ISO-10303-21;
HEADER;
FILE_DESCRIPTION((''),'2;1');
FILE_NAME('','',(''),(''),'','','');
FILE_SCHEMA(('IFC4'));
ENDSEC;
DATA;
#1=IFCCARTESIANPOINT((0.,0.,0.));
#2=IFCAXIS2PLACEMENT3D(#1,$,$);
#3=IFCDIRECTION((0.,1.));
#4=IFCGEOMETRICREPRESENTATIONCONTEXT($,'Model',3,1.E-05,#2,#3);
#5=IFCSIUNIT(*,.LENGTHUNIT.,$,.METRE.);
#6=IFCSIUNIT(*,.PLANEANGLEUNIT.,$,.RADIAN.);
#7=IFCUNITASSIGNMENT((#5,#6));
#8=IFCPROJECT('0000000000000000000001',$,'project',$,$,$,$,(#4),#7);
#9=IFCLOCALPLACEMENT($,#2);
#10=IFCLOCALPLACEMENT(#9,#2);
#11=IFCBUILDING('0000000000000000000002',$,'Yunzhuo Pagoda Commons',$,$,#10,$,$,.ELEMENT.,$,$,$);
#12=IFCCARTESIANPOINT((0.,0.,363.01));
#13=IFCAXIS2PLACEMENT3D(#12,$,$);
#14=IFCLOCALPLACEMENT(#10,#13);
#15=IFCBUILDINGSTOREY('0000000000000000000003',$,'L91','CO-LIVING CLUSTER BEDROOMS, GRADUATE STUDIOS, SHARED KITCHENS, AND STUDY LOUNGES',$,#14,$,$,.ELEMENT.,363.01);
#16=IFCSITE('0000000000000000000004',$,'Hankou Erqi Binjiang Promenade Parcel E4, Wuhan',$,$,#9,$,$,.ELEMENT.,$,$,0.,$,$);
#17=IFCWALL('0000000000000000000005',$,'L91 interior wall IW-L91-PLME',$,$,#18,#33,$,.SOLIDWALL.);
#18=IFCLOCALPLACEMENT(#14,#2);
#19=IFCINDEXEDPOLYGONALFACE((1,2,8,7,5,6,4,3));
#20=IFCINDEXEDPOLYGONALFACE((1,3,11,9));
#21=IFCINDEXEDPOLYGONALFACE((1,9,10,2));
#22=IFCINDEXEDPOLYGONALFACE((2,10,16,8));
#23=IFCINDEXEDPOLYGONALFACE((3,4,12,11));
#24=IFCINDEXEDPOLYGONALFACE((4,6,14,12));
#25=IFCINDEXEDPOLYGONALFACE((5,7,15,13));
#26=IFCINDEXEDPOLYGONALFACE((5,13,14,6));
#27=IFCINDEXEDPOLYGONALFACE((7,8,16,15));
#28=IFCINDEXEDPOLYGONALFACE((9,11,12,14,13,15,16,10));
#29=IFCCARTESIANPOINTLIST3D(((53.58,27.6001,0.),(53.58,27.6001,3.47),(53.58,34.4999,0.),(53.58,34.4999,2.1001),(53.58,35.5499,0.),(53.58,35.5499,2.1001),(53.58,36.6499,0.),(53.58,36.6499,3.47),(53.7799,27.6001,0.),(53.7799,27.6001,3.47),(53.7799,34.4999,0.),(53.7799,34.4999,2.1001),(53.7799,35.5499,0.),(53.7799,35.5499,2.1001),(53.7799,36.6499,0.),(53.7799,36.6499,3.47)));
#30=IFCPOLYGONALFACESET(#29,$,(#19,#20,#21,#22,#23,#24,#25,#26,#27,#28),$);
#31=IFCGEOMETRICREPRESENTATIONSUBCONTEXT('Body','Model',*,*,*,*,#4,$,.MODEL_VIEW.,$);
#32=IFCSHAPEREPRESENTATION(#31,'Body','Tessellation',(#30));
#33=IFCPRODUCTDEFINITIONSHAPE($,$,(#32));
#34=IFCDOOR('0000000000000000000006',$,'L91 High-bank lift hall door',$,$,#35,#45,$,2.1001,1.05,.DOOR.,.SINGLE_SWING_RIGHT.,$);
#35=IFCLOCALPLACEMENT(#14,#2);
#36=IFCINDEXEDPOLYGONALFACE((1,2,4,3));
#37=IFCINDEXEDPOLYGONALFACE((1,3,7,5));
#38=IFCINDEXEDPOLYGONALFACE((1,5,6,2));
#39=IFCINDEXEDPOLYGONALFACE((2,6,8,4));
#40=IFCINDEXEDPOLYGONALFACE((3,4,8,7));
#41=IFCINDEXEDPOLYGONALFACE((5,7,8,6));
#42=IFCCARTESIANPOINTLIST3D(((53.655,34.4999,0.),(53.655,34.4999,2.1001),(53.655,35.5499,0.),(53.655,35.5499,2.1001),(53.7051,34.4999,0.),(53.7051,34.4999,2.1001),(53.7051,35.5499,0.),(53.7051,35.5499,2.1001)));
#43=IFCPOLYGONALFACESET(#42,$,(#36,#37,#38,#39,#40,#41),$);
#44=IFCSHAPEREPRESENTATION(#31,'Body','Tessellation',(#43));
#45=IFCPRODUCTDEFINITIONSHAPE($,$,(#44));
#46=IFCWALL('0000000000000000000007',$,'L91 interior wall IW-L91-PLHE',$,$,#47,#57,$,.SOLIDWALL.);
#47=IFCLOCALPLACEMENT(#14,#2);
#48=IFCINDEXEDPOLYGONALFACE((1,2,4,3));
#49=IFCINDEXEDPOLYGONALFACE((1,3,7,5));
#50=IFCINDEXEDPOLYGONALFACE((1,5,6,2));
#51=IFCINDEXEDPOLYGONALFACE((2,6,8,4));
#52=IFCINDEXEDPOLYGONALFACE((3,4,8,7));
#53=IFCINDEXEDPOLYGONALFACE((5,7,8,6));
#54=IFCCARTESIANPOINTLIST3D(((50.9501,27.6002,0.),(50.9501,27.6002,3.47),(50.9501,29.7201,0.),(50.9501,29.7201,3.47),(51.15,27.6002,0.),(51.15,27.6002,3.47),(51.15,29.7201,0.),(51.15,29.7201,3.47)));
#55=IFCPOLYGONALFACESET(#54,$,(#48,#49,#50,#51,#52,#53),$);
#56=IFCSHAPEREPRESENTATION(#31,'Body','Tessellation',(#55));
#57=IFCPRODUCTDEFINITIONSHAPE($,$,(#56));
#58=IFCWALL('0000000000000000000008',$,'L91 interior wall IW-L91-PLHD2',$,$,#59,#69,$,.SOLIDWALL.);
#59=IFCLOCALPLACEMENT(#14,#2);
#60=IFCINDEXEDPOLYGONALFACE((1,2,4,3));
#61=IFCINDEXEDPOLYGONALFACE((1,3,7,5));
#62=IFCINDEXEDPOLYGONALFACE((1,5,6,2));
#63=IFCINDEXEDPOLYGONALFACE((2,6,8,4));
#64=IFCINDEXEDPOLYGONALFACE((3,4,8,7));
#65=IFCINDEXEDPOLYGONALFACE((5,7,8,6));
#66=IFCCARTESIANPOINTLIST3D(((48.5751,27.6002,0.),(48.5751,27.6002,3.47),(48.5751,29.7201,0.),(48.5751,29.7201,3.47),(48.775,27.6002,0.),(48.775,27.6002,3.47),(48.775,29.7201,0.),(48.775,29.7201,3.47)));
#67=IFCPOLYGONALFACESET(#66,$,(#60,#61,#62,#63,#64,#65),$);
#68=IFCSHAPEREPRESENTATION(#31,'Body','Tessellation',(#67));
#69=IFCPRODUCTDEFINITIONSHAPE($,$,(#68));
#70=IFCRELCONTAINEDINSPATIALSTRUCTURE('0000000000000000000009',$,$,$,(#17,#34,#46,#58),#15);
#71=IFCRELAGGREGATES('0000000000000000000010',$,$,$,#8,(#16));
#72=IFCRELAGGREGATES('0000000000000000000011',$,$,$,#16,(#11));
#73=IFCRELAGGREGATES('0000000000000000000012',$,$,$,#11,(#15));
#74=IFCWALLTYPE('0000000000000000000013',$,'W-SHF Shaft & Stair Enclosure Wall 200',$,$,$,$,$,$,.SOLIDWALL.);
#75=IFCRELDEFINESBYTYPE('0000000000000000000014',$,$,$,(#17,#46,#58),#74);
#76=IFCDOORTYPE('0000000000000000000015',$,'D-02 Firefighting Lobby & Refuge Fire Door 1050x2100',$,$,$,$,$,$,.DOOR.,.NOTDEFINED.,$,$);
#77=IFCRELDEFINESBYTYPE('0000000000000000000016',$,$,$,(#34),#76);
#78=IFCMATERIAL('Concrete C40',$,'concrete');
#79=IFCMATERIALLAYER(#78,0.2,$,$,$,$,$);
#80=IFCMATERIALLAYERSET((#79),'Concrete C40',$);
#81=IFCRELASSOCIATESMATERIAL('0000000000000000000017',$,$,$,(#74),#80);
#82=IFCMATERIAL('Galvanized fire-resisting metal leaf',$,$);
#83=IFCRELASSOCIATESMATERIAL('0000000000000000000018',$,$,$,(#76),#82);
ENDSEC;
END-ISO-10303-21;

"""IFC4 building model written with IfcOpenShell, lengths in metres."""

from ifc_helpers import new_model, si_unit, direction, frame, frame_2d, origin, origin_with_axes, place, context, subcontext, project, spatial, rectangle, extrude, source, transform, mapped, material, layer, layer_set, type_object, element, fill, save


model = new_model("IFC4")

# Units and contexts
model_context = context("Model", 3, precision=1e-05, world=origin(), true_north=direction((0.0, 1.0)))
body_context = subcontext(model_context, "Body", "Model", "MODEL_VIEW")
ifc_project = project(units=[si_unit("LENGTHUNIT", "METRE"), si_unit("PLANEANGLEUNIT", "RADIAN")], contexts=[model_context])

# Site, building, storey
site_placement = place(None, origin())
site = spatial("IfcSite", under=ifc_project, at=site_placement, Name="Hankou Erqi Binjiang Promenade Parcel E4, Wuhan", CompositionType="ELEMENT", RefElevation=0.0)
building_placement = place(site_placement, origin())
building = spatial("IfcBuilding", under=site, at=building_placement, Name="Yunzhuo Pagoda Commons", CompositionType="ELEMENT")
storey_placement = place(building_placement, frame((0.0, 0.0, 363.01)))
storey = spatial("IfcBuildingStorey", under=building, at=storey_placement, Name="L91", Description="CO-LIVING CLUSTER BEDROOMS, GRADUATE STUDIOS, SHARED KITCHENS, AND STUDY LOUNGES", CompositionType="ELEMENT", Elevation=363.01)

# Shared definitions
ifc_material_1 = material(Name="Galvanized fire-resisting metal leaf")

# Wall, opening, door
ifc_material_2 = material(Name="Concrete C40", Category="concrete")
ifc_layer_1 = layer(ifc_material_2, 0.2)
ifc_layer_set_1 = layer_set([ifc_layer_1], Name="Concrete C40")
wall_type_1 = type_object("IfcWallType", Name="W-SHF Shaft & Stair Enclosure Wall 200", PredefinedType="SOLIDWALL", material=ifc_layer_set_1)
wall_1_placement = place(storey_placement, frame((53.6799, 27.6001, 0.0), z_axis=(0.0, 0.0, 1.0), x_axis=(0.0, 1.0, 0.0)))
wall_1 = element("IfcWall", 1, at=wall_1_placement, inside=storey, type_object=wall_type_1, Name="L91 interior wall IW-L91-PLME", PredefinedType="SOLIDWALL", context=body_context, shape_type="SweptSolid", body=[
    extrude(rectangle(XDim=9.0498, YDim=0.2, at=frame_2d((4.5249, 0.0))), origin(), (0.0, 0.0, 1.0), 3.47),
])
opening_1_placement = place(wall_1_placement, frame((6.8999, 0.0, 0.0)))
opening_1 = element("IfcOpeningElement", 2, at=opening_1_placement, cuts=wall_1, PredefinedType="OPENING", context=body_context, shape_type="SweptSolid", body=[
    extrude(rectangle(XDim=1.05, YDim=2.1001, at=frame_2d((0.5249, 1.05))), frame((0.0, 0.1099, 0.0), z_axis=(0.0, -1.0, 0.0), x_axis=(1.0, 0.0, 0.0)), (0.0, 0.0, 1.0), 0.22),
])
door_type_1 = type_object("IfcDoorType", Name="D-02 Firefighting Lobby & Refuge Fire Door 1050x2100", OperationType="NOTDEFINED", PredefinedType="DOOR", material=ifc_material_1)
shared_shape_1 = source(origin(), body_context, "Body", "SweptSolid", [
    extrude(rectangle(XDim=1.05, YDim=2.1001, at=frame_2d((0.5249, 1.05))), frame((0.0, 0.0249, 0.0), z_axis=(0.0, -1.0, 0.0), x_axis=(1.0, 0.0, 0.0)), (0.0, 0.0, 1.0), 0.05),
])
door_1_placement = place(opening_1_placement, origin_with_axes())
door_1 = element("IfcDoor", 3, at=door_1_placement, inside=storey, type_object=door_type_1, Name="L91 High-bank lift hall door", OperationType="SINGLE_SWING_RIGHT", OverallHeight=2.1001, OverallWidth=1.05, PredefinedType="DOOR", context=body_context, shape_type="MappedRepresentation", body=[
    mapped(shared_shape_1, transform((0.0, 0.0, 0.0), scale=1.0)),
])
fill(opening_1, door_1)

# Walls
for number, where, z_axis, x_axis, name in (
    (4, (51.05, 27.6001, 0.0), (0.0, 0.0, 1.0), (0.0, 1.0, 0.0), "L91 interior wall IW-L91-PLHE"),
    (5, (48.675, 27.6001, 0.0), (0.0, 0.0, 1.0), (0.0, 1.0, 0.0), "L91 interior wall IW-L91-PLHD2"),
):
    element("IfcWall", number, at=place(storey_placement, frame(where, z_axis=z_axis, x_axis=x_axis)), inside=storey, type_object=wall_type_1, Name=name, PredefinedType="SOLIDWALL", context=body_context, shape_type="SweptSolid", body=[
        extrude(rectangle(XDim=2.1199, YDim=0.2, at=frame_2d((1.0601, 0.0))), origin(), (0.0, 0.0, 1.0), 3.47),
    ])

save(model, "model.ifc")
